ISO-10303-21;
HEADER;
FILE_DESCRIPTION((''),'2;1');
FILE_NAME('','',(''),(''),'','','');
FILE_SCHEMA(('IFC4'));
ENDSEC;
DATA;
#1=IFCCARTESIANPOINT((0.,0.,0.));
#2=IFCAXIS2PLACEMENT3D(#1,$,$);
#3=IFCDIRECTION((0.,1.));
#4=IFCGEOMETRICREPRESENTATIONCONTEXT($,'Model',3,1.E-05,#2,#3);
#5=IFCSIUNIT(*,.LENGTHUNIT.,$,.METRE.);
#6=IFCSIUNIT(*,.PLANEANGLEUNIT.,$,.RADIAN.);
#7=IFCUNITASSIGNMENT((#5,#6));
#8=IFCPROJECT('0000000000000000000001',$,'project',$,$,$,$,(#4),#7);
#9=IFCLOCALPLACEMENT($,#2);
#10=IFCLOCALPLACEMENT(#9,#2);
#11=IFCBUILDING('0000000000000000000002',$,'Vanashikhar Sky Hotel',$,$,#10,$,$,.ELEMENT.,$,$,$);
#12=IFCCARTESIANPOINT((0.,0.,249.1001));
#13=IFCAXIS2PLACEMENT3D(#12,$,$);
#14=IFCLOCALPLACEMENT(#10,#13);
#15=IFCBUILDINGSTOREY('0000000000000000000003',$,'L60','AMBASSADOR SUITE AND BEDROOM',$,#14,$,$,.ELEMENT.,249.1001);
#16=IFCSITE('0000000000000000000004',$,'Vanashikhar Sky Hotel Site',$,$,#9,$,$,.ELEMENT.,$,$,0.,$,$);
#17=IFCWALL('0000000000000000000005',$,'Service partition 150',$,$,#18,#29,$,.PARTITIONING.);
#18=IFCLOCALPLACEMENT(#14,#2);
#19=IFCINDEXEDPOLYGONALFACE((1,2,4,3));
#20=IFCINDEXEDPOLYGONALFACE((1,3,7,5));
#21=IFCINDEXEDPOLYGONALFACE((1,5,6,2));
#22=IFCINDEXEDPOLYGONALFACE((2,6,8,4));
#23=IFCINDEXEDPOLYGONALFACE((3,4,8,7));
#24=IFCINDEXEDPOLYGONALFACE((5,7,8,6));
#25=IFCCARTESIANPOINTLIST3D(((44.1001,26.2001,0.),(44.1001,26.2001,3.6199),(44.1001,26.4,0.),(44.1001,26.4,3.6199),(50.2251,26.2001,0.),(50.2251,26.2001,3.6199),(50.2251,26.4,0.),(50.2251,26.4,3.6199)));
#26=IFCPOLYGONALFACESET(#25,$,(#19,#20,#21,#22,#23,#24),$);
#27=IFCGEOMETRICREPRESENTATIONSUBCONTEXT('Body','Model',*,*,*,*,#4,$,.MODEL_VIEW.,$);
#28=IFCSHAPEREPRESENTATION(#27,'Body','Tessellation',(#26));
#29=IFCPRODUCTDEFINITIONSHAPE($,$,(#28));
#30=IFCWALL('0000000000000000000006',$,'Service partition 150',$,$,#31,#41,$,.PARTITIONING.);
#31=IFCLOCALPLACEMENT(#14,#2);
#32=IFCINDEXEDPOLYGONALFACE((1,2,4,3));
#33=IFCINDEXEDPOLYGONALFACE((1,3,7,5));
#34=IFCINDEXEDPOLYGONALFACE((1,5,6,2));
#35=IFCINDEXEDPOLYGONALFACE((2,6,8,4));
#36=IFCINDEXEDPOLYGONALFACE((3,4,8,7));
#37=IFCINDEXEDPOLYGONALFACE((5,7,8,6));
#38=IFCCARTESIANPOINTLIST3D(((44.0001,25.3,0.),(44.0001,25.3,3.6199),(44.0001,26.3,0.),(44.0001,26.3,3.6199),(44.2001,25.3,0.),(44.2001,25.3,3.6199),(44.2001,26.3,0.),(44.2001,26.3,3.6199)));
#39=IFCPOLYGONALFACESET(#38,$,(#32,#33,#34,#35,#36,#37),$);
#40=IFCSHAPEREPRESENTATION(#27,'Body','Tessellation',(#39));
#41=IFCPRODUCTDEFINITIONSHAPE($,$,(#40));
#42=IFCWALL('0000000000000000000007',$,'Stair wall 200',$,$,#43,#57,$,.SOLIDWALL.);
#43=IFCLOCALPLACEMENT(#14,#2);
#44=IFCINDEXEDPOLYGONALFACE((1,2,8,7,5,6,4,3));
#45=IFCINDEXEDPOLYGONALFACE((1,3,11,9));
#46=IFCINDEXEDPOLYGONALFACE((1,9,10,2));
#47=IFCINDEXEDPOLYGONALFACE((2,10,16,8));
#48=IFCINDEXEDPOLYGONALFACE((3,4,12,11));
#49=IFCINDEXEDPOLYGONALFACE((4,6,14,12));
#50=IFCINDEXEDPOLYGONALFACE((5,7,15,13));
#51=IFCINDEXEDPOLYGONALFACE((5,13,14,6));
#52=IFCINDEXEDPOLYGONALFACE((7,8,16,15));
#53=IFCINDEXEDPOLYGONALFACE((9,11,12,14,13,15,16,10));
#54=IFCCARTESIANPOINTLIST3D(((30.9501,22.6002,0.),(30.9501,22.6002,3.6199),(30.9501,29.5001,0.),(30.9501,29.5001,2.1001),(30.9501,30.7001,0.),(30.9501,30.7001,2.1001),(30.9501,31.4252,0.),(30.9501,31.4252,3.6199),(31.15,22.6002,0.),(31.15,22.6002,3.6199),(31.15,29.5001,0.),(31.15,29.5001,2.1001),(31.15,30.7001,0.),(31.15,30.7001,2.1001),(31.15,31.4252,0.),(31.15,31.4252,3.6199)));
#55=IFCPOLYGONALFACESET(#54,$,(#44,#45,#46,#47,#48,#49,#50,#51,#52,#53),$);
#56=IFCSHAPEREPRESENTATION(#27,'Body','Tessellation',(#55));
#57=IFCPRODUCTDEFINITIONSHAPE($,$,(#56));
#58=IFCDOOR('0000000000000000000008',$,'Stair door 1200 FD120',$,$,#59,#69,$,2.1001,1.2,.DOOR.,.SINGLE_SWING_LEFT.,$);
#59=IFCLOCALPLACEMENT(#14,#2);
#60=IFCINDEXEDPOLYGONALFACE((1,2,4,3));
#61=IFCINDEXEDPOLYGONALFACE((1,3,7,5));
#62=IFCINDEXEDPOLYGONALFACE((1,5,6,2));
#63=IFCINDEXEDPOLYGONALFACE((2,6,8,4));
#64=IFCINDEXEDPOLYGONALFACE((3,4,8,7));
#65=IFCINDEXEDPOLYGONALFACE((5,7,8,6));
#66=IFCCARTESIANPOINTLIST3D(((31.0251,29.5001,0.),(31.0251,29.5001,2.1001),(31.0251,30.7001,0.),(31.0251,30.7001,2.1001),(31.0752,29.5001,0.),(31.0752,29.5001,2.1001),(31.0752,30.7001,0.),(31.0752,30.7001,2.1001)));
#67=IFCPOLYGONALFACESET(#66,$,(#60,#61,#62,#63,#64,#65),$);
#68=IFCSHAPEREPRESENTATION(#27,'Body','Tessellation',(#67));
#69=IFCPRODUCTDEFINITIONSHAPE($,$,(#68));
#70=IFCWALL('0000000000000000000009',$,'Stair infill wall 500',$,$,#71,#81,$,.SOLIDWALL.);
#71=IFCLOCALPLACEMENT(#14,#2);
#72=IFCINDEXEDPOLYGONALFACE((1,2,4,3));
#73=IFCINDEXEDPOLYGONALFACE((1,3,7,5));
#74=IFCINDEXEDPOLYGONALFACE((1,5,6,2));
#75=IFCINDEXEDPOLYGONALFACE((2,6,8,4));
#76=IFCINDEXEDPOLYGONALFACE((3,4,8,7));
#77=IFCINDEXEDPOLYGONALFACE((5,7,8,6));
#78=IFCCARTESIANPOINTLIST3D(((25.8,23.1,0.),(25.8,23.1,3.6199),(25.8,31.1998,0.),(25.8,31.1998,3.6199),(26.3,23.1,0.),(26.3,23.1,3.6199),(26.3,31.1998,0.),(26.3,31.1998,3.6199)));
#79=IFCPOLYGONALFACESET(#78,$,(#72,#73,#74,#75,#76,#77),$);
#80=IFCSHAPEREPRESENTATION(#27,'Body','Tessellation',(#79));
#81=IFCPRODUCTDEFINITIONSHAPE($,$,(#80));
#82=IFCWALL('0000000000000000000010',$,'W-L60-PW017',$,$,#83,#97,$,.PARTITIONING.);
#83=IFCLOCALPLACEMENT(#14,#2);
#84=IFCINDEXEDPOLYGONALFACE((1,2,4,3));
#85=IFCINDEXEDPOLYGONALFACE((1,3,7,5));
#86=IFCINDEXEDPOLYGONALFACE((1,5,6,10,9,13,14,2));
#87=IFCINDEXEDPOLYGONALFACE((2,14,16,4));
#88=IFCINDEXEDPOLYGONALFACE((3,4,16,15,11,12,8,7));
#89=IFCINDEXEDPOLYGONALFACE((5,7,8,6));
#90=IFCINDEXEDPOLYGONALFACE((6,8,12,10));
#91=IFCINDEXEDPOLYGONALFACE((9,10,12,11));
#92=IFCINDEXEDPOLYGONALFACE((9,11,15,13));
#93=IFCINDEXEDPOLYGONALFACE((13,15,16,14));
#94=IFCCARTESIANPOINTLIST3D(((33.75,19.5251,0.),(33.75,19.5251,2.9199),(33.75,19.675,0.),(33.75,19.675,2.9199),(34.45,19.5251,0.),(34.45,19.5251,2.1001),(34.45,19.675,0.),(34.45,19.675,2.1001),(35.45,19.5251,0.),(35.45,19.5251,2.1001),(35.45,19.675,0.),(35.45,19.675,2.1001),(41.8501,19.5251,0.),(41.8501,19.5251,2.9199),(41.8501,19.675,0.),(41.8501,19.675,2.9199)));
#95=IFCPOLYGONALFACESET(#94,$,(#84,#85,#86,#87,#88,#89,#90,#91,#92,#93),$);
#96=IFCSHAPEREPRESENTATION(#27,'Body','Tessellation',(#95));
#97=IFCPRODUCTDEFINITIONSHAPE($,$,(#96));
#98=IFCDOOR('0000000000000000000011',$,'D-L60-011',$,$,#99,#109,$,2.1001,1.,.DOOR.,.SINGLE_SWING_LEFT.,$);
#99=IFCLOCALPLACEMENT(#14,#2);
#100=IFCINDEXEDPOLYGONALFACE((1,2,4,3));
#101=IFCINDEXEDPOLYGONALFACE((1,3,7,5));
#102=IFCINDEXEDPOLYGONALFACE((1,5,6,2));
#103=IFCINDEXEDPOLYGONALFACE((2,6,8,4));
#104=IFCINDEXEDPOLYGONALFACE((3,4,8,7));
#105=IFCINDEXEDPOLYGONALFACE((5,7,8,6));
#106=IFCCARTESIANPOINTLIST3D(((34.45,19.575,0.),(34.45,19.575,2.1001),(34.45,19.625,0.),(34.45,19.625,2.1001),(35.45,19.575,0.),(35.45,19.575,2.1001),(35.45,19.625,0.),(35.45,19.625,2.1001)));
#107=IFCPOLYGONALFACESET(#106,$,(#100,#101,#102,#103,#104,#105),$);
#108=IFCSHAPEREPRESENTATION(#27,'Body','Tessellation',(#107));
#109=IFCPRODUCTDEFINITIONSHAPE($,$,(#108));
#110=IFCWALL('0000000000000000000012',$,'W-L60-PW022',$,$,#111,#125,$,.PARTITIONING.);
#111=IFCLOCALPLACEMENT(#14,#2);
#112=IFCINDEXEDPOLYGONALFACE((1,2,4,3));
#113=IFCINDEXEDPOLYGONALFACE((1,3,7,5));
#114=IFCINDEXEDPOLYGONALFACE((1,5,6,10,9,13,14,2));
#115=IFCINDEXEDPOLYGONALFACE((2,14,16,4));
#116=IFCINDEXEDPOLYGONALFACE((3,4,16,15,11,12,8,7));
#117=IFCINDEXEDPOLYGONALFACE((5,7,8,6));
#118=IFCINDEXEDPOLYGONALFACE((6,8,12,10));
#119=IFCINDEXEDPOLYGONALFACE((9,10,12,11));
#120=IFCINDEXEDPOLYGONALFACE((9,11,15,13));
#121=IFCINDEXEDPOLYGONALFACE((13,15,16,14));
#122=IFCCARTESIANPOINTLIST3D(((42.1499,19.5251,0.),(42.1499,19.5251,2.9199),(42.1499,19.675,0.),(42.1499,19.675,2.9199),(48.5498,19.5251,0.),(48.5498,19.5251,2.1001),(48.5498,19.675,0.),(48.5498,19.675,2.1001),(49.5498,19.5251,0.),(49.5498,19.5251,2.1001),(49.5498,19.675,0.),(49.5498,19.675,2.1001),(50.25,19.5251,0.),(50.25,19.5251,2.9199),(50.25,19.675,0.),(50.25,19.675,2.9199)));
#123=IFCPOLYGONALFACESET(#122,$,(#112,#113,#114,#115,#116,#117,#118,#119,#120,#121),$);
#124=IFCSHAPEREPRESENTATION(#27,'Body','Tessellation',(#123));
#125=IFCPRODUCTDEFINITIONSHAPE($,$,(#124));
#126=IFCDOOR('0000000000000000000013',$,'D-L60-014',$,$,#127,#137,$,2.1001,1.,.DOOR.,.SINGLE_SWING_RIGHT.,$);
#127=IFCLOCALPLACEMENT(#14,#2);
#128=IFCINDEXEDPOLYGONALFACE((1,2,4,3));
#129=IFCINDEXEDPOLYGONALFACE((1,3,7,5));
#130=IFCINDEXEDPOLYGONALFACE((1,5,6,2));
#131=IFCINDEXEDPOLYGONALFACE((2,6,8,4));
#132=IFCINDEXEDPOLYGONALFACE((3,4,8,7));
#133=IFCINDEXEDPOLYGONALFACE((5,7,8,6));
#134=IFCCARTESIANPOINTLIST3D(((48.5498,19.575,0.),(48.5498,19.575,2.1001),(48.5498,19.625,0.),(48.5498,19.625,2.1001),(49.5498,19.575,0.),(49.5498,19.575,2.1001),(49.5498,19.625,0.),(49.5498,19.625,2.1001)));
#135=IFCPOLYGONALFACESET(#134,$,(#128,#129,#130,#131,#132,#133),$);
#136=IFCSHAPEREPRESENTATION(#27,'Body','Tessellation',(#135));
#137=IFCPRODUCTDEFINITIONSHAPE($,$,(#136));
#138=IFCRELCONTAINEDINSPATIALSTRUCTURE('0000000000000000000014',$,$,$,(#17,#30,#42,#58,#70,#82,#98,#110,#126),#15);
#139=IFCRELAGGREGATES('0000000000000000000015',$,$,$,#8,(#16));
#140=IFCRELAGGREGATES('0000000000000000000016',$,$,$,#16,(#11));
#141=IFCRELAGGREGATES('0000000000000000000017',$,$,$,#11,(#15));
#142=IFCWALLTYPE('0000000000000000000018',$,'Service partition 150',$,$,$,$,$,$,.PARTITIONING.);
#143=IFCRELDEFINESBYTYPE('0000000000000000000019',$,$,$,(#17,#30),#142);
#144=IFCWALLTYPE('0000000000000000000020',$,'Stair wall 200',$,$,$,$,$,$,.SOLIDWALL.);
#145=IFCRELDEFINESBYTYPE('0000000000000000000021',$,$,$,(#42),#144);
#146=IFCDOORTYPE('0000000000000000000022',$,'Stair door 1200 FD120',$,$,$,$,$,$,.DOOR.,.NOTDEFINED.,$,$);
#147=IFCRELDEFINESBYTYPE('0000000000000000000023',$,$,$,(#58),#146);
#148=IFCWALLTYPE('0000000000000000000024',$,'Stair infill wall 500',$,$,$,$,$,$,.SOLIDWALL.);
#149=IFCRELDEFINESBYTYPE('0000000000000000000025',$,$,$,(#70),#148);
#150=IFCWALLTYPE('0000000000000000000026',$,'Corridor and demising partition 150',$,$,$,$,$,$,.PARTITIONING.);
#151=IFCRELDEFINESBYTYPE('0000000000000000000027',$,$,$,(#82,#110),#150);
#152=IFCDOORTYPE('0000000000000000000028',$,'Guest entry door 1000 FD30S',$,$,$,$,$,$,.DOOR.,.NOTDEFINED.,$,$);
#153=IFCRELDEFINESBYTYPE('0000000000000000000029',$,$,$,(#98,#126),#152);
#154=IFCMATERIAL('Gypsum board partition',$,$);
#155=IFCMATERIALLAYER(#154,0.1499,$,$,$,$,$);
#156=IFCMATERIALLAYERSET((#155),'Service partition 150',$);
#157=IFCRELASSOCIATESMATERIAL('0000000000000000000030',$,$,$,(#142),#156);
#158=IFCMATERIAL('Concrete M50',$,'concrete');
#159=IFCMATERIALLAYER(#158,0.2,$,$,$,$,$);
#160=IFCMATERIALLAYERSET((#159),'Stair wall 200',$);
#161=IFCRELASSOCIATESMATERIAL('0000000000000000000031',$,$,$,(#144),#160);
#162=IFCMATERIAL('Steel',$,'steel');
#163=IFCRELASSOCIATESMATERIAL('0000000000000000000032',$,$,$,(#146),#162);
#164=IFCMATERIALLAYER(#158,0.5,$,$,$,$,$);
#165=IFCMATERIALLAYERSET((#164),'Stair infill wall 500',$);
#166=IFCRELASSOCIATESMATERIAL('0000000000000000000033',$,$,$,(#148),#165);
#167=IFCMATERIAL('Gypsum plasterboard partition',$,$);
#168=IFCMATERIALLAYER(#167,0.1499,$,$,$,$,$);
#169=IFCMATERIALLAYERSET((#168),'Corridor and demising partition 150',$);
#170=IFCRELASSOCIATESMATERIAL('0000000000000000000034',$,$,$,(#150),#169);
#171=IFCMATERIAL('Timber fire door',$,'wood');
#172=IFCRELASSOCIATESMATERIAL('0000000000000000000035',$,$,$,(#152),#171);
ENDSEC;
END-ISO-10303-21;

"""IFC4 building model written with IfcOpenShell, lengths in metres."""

from ifc_helpers import new_model, si_unit, direction, frame, frame_2d, origin, place, context, subcontext, project, spatial, rectangle, extrude, source, transform, mapped, material, layer, layer_set, type_object, element, fill, save


model = new_model("IFC4")

# Units and contexts
model_context = context("Model", 3, precision=1e-05, world=origin(), true_north=direction((0.0, 1.0)))
body_context = subcontext(model_context, "Body", "Model", "MODEL_VIEW")
ifc_project = project(units=[si_unit("LENGTHUNIT", "METRE"), si_unit("PLANEANGLEUNIT", "RADIAN")], contexts=[model_context])

# Site, building, storey
site_placement = place(None, origin())
site = spatial("IfcSite", under=ifc_project, at=site_placement, Name="Vanashikhar Sky Hotel Site", CompositionType="ELEMENT", RefElevation=0.0)
building_placement = place(site_placement, origin())
building = spatial("IfcBuilding", under=site, at=building_placement, Name="Vanashikhar Sky Hotel", CompositionType="ELEMENT")
storey_placement = place(building_placement, frame((0.0, 0.0, 249.1001)))
storey = spatial("IfcBuildingStorey", under=building, at=storey_placement, Name="L60", Description="AMBASSADOR SUITE AND BEDROOM", CompositionType="ELEMENT", Elevation=249.1001)

# Shared definitions
ifc_material_1 = material(Name="Concrete M50", Category="concrete")

# Shared definitions
ifc_material_2 = material(Name="Steel", Category="steel")

# Shared definitions
ifc_material_3 = material(Name="Gypsum board partition")
ifc_layer_1 = layer(ifc_material_3, 0.1499)
ifc_layer_set_1 = layer_set([ifc_layer_1], Name="Service partition 150")
wall_type_1 = type_object("IfcWallType", Name="Service partition 150", PredefinedType="PARTITIONING", material=ifc_layer_set_1)

# Walls
shared_shape_1 = source(origin(), body_context, "Body", "SweptSolid", [
    extrude(rectangle(XDim=6.125, YDim=0.2, at=frame_2d((3.0625, 0.0))), origin(), (0.0, 0.0, 1.0), 3.6199),
])
wall_1_placement = place(storey_placement, frame((44.1001, 26.3, 0.0), z_axis=(0.0, 0.0, 1.0), x_axis=(1.0, 0.0, 0.0)))
element("IfcWall", 1, at=wall_1_placement, inside=storey, type_object=wall_type_1, Name="Service partition 150", PredefinedType="PARTITIONING", context=body_context, shape_type="MappedRepresentation", body=[
    mapped(shared_shape_1, transform((0.0, 0.0, 0.0), scale=1.0)),
])
shared_shape_2 = source(origin(), body_context, "Body", "SweptSolid", [
    extrude(rectangle(XDim=1.0, YDim=0.2, at=frame_2d((0.5, 0.0))), origin(), (0.0, 0.0, 1.0), 3.6199),
])
wall_2_placement = place(storey_placement, frame((44.1001, 25.3, 0.0), z_axis=(0.0, 0.0, 1.0), x_axis=(0.0, 1.0, 0.0)))
element("IfcWall", 2, at=wall_2_placement, inside=storey, type_object=wall_type_1, Name="Service partition 150", PredefinedType="PARTITIONING", context=body_context, shape_type="MappedRepresentation", body=[
    mapped(shared_shape_2, transform((0.0, 0.0, 0.0), scale=1.0)),
])

# Wall, opening, door
ifc_layer_2 = layer(ifc_material_1, 0.2)
ifc_layer_set_2 = layer_set([ifc_layer_2], Name="Stair wall 200")
wall_type_2 = type_object("IfcWallType", Name="Stair wall 200", PredefinedType="SOLIDWALL", material=ifc_layer_set_2)
shared_shape_3 = source(origin(), body_context, "Body", "SweptSolid", [
    extrude(rectangle(XDim=8.825, YDim=0.2, at=frame_2d((4.4126, 0.0))), origin(), (0.0, 0.0, 1.0), 3.6199),
])
wall_3_placement = place(storey_placement, frame((31.05, 22.6001, 0.0), z_axis=(0.0, 0.0, 1.0), x_axis=(0.0, 1.0, 0.0)))
wall_3 = element("IfcWall", 3, at=wall_3_placement, inside=storey, type_object=wall_type_2, Name="Stair wall 200", PredefinedType="SOLIDWALL", context=body_context, shape_type="MappedRepresentation", body=[
    mapped(shared_shape_3, transform((0.0, 0.0, 0.0), scale=1.0)),
])
shared_shape_4 = source(origin(), body_context, "Body", "SweptSolid", [
    extrude(rectangle(XDim=1.2, YDim=2.1001, at=frame_2d((0.6001, 1.05))), frame((0.0, 0.1099, 0.0), z_axis=(0.0, -1.0, 0.0), x_axis=(1.0, 0.0, 0.0)), (0.0, 0.0, 1.0), 0.22),
])
opening_1_placement = place(wall_3_placement, frame((6.8999, 0.0, 0.0)))
opening_1 = element("IfcOpeningElement", 4, at=opening_1_placement, cuts=wall_3, PredefinedType="OPENING", context=body_context, shape_type="MappedRepresentation", body=[
    mapped(shared_shape_4, transform((0.0, 0.0, 0.0), scale=1.0)),
])
door_type_1 = type_object("IfcDoorType", Name="Stair door 1200 FD120", OperationType="NOTDEFINED", PredefinedType="DOOR", material=ifc_material_2)
shared_shape_5 = source(origin(), body_context, "Body", "SweptSolid", [
    extrude(rectangle(XDim=1.2, YDim=2.1001, at=frame_2d((0.6001, 1.05))), frame((0.0, 0.0249, 0.0), z_axis=(0.0, -1.0, 0.0), x_axis=(1.0, 0.0, 0.0)), (0.0, 0.0, 1.0), 0.05),
])
door_1_placement = place(opening_1_placement, origin())
door_1 = element("IfcDoor", 5, at=door_1_placement, inside=storey, type_object=door_type_1, Name="Stair door 1200 FD120", OperationType="SINGLE_SWING_LEFT", OverallHeight=2.1001, OverallWidth=1.2, PredefinedType="DOOR", context=body_context, shape_type="MappedRepresentation", body=[
    mapped(shared_shape_5, transform((0.0, 0.0, 0.0), scale=1.0)),
])
fill(opening_1, door_1)

# Wall
ifc_layer_3 = layer(ifc_material_1, 0.5)
ifc_layer_set_3 = layer_set([ifc_layer_3], Name="Stair infill wall 500")
wall_type_3 = type_object("IfcWallType", Name="Stair infill wall 500", PredefinedType="SOLIDWALL", material=ifc_layer_set_3)
shared_shape_6 = source(origin(), body_context, "Body", "SweptSolid", [
    extrude(rectangle(XDim=8.0999, YDim=0.5, at=frame_2d((4.0498, 0.0))), origin(), (0.0, 0.0, 1.0), 3.6199),
])
wall_4_placement = place(storey_placement, frame((26.05, 23.1001, 0.0), z_axis=(0.0, 0.0, 1.0), x_axis=(0.0, 1.0, 0.0)))
element("IfcWall", 6, at=wall_4_placement, inside=storey, type_object=wall_type_3, Name="Stair infill wall 500", PredefinedType="SOLIDWALL", context=body_context, shape_type="MappedRepresentation", body=[
    mapped(shared_shape_6, transform((0.0, 0.0, 0.0), scale=1.0)),
])

# Walls, openings, doors
ifc_material_4 = material(Name="Gypsum plasterboard partition")
ifc_layer_4 = layer(ifc_material_4, 0.1499)
ifc_layer_set_4 = layer_set([ifc_layer_4], Name="Corridor and demising partition 150")
wall_type_4 = type_object("IfcWallType", Name="Corridor and demising partition 150", PredefinedType="PARTITIONING", material=ifc_layer_set_4)
shared_shape_7 = source(origin(), body_context, "Body", "SweptSolid", [
    extrude(rectangle(XDim=8.1001, YDim=0.1499, at=frame_2d((4.05, 0.0))), origin(), (0.0, 0.0, 1.0), 2.9199),
])
wall_5_placement = place(storey_placement, frame((33.75, 19.6001, 0.0), z_axis=(0.0, 0.0, 1.0), x_axis=(1.0, 0.0, 0.0)))
wall_5 = element("IfcWall", 7, at=wall_5_placement, inside=storey, type_object=wall_type_4, Name="W-L60-PW017", PredefinedType="PARTITIONING", context=body_context, shape_type="MappedRepresentation", body=[
    mapped(shared_shape_7, transform((0.0, 0.0, 0.0), scale=1.0)),
])
shared_shape_8 = source(origin(), body_context, "Body", "SweptSolid", [
    extrude(rectangle(XDim=1.0, YDim=2.1001, at=frame_2d((0.5, 1.05))), frame((0.0, 0.085, 0.0), z_axis=(0.0, -1.0, 0.0), x_axis=(1.0, 0.0, 0.0)), (0.0, 0.0, 1.0), 0.1699),
])
opening_2_placement = place(wall_5_placement, frame((0.7, 0.0, 0.0)))
opening_2 = element("IfcOpeningElement", 8, at=opening_2_placement, cuts=wall_5, PredefinedType="OPENING", context=body_context, shape_type="MappedRepresentation", body=[
    mapped(shared_shape_8, transform((0.0, 0.0, 0.0), scale=1.0)),
])
ifc_material_5 = material(Name="Timber fire door", Category="wood")
door_type_2 = type_object("IfcDoorType", Name="Guest entry door 1000 FD30S", OperationType="NOTDEFINED", PredefinedType="DOOR", material=ifc_material_5)
shared_shape_9 = source(origin(), body_context, "Body", "SweptSolid", [
    extrude(rectangle(XDim=1.0, YDim=2.1001, at=frame_2d((0.5, 1.05))), frame((0.0, 0.0249, 0.0), z_axis=(0.0, -1.0, 0.0), x_axis=(1.0, 0.0, 0.0)), (0.0, 0.0, 1.0), 0.05),
])
door_2_placement = place(opening_2_placement, origin())
door_2 = element("IfcDoor", 9, at=door_2_placement, inside=storey, type_object=door_type_2, Name="D-L60-011", OperationType="SINGLE_SWING_LEFT", OverallHeight=2.1001, OverallWidth=1.0, PredefinedType="DOOR", context=body_context, shape_type="MappedRepresentation", body=[
    mapped(shared_shape_9, transform((0.0, 0.0, 0.0), scale=1.0)),
])
fill(opening_2, door_2)
wall_6_placement = place(storey_placement, frame((42.1499, 19.6001, 0.0), z_axis=(0.0, 0.0, 1.0), x_axis=(1.0, 0.0, 0.0)))
wall_6 = element("IfcWall", 10, at=wall_6_placement, inside=storey, type_object=wall_type_4, Name="W-L60-PW022", PredefinedType="PARTITIONING", context=body_context, shape_type="MappedRepresentation", body=[
    mapped(shared_shape_7, transform((0.0, 0.0, 0.0), scale=1.0)),
])
opening_3_placement = place(wall_6_placement, frame((6.3999, 0.0, 0.0)))
opening_3 = element("IfcOpeningElement", 11, at=opening_3_placement, cuts=wall_6, PredefinedType="OPENING", context=body_context, shape_type="MappedRepresentation", body=[
    mapped(shared_shape_8, transform((0.0, 0.0, 0.0), scale=1.0)),
])
door_3_placement = place(opening_3_placement, origin())
door_3 = element("IfcDoor", 12, at=door_3_placement, inside=storey, type_object=door_type_2, Name="D-L60-014", OperationType="SINGLE_SWING_RIGHT", OverallHeight=2.1001, OverallWidth=1.0, PredefinedType="DOOR", context=body_context, shape_type="MappedRepresentation", body=[
    mapped(shared_shape_9, transform((0.0, 0.0, 0.0), scale=1.0)),
])
fill(opening_3, door_3)

save(model, "model.ifc")
